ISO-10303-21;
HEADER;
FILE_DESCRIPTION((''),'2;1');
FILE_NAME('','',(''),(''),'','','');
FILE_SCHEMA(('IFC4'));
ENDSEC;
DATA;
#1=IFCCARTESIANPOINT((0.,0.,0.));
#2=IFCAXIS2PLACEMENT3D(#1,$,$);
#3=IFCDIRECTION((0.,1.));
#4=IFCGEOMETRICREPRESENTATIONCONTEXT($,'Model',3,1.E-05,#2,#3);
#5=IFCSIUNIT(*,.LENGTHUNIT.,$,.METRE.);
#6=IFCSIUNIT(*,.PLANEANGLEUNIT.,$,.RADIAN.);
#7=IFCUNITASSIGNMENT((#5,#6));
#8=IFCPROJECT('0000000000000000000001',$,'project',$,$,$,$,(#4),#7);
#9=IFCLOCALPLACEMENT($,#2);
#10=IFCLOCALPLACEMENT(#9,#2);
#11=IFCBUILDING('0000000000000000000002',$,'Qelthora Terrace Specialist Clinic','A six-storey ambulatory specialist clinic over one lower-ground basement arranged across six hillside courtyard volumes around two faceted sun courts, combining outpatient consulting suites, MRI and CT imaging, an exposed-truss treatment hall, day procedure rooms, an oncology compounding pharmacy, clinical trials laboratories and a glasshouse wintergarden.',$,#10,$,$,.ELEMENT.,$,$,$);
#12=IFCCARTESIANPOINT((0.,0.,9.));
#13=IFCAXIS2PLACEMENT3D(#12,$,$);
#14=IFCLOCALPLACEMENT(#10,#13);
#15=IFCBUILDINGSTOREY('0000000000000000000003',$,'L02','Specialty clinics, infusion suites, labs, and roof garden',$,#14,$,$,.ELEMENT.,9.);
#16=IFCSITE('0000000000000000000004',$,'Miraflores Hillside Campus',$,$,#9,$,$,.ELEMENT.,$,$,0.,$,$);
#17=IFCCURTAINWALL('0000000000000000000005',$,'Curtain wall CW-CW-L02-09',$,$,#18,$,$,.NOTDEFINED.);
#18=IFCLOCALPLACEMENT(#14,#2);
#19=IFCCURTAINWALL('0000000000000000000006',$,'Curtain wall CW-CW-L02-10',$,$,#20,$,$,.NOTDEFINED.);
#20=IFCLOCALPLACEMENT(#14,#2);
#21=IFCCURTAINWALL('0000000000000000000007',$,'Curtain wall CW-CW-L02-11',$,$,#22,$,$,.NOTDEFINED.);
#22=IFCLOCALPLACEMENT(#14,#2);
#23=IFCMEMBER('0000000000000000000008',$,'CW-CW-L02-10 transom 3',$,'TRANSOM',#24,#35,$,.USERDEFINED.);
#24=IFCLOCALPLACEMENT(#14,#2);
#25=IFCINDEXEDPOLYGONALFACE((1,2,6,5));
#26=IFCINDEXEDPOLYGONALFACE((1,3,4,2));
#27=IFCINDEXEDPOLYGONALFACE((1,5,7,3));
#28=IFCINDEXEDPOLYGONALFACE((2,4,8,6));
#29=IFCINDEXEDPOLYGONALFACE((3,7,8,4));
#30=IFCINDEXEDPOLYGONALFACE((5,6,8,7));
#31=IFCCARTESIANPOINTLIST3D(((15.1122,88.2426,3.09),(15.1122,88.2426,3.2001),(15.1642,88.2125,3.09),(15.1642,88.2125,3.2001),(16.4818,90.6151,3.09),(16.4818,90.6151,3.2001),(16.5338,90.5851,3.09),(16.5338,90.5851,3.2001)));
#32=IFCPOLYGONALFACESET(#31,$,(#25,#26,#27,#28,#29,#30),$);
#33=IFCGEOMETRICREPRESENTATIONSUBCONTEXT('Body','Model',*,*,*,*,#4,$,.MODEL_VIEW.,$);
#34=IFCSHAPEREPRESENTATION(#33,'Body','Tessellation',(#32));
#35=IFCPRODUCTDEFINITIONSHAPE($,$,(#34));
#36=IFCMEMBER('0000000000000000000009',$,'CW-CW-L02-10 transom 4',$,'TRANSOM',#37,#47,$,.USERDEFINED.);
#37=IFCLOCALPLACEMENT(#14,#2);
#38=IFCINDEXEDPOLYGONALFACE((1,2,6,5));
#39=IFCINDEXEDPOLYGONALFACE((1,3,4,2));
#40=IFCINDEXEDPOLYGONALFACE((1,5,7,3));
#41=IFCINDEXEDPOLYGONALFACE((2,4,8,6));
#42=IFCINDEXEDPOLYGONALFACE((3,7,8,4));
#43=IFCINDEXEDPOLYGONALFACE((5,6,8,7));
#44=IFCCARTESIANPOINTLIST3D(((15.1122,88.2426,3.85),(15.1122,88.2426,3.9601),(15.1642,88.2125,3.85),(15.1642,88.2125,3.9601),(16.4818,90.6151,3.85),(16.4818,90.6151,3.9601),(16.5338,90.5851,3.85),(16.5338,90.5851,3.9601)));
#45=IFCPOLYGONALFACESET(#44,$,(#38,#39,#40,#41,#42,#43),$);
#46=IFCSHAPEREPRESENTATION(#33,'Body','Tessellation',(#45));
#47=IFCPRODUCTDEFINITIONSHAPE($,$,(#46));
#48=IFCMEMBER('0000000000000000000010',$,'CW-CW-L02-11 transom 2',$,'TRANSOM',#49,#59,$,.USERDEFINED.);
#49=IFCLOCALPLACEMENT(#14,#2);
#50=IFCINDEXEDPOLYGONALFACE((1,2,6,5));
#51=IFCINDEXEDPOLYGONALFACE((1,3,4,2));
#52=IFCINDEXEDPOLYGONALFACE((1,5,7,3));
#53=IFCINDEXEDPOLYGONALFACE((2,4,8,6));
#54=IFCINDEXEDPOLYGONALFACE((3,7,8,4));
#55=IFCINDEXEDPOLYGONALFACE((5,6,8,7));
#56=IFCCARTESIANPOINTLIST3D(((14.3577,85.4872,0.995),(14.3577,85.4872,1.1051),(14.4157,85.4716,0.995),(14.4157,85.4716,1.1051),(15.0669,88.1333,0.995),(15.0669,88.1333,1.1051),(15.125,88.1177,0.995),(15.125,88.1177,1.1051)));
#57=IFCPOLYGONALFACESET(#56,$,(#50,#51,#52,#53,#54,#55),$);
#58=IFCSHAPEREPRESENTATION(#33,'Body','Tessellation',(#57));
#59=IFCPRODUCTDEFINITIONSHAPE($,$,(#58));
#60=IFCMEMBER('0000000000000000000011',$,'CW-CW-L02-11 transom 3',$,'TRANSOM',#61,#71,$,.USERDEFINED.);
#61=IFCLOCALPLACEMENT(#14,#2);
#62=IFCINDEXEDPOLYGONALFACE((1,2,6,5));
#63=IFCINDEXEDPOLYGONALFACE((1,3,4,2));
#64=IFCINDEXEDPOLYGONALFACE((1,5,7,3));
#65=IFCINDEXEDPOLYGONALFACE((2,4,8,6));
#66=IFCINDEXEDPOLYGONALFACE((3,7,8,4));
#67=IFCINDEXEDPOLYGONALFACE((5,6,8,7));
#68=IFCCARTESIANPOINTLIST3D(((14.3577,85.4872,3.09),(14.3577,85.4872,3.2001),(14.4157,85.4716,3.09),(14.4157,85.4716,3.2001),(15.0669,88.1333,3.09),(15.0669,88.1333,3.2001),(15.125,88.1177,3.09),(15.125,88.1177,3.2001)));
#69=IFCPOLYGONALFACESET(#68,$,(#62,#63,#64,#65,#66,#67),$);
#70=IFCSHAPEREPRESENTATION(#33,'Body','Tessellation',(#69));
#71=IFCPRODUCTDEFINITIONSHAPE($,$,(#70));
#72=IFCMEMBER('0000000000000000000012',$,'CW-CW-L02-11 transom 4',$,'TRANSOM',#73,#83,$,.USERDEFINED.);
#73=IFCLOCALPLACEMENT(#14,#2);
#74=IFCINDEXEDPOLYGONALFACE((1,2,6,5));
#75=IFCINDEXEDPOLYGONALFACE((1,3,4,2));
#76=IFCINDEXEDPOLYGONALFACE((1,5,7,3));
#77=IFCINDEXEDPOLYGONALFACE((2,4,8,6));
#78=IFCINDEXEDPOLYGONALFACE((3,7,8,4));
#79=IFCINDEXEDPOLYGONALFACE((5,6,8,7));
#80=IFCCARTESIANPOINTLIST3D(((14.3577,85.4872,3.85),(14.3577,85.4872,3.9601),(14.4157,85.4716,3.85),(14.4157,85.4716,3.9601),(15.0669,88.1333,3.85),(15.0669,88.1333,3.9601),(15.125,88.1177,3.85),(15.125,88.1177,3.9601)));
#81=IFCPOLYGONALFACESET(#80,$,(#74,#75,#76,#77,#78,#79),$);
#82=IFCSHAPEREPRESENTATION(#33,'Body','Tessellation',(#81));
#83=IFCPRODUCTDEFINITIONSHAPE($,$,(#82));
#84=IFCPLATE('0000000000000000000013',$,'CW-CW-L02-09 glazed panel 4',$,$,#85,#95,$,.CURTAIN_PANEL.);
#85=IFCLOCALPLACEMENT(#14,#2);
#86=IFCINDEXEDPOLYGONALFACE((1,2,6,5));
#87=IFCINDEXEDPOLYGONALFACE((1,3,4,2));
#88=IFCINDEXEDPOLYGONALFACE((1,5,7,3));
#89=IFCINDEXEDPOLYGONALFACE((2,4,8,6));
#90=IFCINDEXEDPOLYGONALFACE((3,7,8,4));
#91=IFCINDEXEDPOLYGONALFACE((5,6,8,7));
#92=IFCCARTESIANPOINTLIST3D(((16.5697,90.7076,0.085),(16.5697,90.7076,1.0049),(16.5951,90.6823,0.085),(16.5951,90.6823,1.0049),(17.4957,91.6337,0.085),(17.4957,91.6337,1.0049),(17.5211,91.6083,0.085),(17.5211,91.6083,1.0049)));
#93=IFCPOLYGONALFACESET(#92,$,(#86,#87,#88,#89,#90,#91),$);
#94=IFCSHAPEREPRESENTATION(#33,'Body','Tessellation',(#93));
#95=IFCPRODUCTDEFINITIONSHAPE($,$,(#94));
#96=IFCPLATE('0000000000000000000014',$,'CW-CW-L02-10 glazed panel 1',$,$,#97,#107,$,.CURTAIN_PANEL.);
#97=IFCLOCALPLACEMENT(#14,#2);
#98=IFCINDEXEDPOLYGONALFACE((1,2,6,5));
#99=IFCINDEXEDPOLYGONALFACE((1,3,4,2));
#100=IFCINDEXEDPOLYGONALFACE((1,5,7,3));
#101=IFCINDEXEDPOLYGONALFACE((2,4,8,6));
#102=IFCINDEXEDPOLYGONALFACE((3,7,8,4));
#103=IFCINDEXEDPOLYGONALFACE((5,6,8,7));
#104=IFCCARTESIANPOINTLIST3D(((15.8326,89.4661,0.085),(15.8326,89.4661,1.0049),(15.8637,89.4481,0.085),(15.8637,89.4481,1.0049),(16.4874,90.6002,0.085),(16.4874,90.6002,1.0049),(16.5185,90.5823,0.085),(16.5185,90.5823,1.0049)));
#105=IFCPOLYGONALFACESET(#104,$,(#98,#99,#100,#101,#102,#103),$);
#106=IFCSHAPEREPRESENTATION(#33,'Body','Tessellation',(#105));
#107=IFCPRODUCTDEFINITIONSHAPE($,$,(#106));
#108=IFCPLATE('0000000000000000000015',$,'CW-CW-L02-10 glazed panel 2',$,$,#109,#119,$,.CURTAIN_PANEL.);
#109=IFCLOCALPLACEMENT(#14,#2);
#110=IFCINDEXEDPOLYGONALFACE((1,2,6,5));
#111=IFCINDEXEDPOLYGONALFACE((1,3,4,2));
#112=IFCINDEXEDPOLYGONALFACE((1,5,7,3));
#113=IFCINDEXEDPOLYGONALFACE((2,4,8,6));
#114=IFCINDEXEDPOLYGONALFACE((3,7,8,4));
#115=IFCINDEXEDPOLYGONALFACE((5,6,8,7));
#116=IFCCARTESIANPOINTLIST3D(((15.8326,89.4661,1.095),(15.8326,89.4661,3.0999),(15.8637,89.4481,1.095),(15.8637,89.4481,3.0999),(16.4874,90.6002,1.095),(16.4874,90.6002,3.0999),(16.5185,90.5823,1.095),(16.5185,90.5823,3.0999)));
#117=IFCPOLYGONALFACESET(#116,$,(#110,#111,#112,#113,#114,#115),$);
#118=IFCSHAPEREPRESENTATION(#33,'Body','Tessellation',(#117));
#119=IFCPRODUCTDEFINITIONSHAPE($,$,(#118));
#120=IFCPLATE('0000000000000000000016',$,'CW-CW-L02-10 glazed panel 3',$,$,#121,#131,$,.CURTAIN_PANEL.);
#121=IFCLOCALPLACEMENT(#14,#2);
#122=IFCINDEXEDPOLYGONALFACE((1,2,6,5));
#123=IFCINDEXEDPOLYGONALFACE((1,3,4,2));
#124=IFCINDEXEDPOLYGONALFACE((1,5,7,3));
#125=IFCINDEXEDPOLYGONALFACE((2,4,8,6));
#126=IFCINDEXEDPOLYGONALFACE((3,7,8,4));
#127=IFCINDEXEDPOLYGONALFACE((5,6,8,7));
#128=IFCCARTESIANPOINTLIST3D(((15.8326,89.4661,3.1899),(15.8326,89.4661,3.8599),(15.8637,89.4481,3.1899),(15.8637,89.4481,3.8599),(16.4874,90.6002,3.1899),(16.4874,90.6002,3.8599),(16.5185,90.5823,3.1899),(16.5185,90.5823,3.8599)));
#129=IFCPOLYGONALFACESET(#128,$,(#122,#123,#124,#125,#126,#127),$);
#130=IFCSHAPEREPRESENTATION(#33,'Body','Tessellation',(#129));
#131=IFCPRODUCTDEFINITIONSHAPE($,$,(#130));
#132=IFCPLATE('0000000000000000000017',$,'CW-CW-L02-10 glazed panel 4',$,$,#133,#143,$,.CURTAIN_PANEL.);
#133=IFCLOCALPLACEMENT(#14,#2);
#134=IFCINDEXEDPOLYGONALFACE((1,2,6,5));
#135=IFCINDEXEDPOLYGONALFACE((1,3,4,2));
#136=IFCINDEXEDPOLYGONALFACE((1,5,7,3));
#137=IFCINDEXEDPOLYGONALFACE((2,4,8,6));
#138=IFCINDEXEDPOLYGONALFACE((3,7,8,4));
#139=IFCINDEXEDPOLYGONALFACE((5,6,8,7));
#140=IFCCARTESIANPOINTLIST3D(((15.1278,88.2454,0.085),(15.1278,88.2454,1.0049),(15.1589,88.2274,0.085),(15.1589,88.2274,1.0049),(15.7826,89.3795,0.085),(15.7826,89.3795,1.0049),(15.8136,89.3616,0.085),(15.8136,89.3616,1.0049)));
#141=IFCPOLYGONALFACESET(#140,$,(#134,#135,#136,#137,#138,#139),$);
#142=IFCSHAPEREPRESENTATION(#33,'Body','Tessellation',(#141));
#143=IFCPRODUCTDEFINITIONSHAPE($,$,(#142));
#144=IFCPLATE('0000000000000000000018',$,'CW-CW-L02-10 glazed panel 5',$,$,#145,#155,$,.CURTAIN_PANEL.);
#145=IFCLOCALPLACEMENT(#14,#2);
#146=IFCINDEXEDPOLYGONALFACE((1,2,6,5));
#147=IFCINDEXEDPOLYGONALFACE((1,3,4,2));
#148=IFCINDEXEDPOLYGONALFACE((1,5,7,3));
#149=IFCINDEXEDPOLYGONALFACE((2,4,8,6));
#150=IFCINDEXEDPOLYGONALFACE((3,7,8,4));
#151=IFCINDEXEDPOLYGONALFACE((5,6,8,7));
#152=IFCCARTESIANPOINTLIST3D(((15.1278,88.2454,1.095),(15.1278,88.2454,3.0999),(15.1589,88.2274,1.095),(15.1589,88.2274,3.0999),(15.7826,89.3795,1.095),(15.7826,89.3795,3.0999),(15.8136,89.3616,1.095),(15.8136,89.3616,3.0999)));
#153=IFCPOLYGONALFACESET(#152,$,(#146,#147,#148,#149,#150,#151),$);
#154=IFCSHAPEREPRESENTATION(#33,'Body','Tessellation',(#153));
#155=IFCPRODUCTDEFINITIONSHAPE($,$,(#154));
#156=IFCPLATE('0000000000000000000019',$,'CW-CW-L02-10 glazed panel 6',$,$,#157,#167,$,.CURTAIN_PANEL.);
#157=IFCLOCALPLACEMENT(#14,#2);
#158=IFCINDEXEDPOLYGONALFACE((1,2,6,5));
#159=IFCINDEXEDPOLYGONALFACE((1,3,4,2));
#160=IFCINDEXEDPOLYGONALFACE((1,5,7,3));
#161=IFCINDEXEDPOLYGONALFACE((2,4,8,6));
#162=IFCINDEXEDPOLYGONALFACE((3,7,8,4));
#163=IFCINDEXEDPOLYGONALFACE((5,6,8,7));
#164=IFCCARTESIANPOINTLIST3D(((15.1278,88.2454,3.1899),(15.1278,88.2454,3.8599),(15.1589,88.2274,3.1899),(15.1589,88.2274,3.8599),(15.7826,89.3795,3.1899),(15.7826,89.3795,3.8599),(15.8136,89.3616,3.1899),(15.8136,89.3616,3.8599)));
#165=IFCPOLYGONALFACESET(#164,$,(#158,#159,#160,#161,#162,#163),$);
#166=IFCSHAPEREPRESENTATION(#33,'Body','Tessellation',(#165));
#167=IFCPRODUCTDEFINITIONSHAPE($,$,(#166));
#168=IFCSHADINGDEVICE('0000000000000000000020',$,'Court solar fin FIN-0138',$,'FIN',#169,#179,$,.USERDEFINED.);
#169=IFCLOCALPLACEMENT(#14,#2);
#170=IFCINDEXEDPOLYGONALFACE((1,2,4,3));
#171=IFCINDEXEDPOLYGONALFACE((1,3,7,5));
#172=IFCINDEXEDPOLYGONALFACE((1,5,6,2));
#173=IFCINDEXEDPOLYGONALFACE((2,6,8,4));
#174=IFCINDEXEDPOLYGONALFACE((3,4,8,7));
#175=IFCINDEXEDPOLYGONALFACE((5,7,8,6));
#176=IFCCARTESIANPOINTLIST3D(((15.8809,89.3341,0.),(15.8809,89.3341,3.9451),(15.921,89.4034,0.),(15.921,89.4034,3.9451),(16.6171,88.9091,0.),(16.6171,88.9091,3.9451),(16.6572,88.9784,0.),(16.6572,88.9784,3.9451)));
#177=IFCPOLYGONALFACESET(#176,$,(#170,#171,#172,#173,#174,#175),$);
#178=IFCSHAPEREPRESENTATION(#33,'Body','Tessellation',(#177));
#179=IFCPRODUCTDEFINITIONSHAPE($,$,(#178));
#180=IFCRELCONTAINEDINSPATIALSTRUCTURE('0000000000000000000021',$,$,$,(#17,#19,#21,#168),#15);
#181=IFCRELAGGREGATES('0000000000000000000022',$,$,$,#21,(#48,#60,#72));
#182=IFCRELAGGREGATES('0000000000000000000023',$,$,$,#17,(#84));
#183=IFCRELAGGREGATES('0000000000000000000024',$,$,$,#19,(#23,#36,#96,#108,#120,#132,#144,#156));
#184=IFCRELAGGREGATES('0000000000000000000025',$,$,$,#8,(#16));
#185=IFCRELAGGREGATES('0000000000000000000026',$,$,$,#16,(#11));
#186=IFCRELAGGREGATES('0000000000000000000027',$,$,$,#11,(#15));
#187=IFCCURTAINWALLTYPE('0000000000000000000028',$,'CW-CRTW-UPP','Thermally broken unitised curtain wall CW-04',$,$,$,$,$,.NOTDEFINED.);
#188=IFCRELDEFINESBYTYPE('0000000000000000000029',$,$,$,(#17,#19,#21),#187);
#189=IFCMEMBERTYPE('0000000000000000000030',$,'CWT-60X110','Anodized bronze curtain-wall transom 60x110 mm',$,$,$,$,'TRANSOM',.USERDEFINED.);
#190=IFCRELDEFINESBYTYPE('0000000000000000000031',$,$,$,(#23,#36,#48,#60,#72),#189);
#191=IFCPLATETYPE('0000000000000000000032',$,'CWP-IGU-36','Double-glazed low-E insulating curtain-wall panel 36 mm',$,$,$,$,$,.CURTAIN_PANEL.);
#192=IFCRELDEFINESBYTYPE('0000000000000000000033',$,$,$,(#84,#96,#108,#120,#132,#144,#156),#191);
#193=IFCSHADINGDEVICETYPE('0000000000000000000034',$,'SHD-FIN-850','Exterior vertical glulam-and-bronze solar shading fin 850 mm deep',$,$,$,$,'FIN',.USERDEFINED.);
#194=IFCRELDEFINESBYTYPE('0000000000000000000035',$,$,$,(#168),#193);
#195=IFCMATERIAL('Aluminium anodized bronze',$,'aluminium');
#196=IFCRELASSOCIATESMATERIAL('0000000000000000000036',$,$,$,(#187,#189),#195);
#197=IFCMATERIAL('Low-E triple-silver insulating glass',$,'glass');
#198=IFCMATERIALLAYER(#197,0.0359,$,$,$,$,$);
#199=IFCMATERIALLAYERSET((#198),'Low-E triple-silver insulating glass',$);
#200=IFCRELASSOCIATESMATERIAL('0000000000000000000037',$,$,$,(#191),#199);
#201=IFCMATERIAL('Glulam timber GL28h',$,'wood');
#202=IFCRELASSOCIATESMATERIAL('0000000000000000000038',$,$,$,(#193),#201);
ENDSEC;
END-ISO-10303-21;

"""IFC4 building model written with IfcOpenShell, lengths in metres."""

from ifc_helpers import new_model, si_unit, direction, frame, origin, origin_2d, place, context, subcontext, project, spatial, rectangle, extrude, material, layer, layer_set, material_profile, profile_set, type_object, element, aggregate, save


model = new_model("IFC4")

# Units and contexts
model_context = context("Model", 3, precision=1e-05, world=origin(), true_north=direction((0.0, 1.0)))
body_context = subcontext(model_context, "Body", "Model", "MODEL_VIEW")
ifc_project = project(units=[si_unit("LENGTHUNIT", "METRE"), si_unit("PLANEANGLEUNIT", "RADIAN")], contexts=[model_context])

# Site, building, storey
site_placement = place(None, origin())
site = spatial("IfcSite", under=ifc_project, at=site_placement, Name="Miraflores Hillside Campus", CompositionType="ELEMENT", RefElevation=0.0)
building_placement = place(site_placement, origin())
building = spatial("IfcBuilding", under=site, at=building_placement, Name="Qelthora Terrace Specialist Clinic", Description="A six-storey ambulatory specialist clinic over one lower-ground basement arranged across six hillside courtyard volumes around two faceted sun courts, combining outpatient consulting suites, MRI and CT imaging, an exposed-truss treatment hall, day procedure rooms, an oncology compounding pharmacy, clinical trials laboratories and a glasshouse wintergarden.", CompositionType="ELEMENT")
storey_placement = place(building_placement, frame((0.0, 0.0, 9.0)))
storey = spatial("IfcBuildingStorey", under=building, at=storey_placement, Name="L02", Description="Specialty clinics, infusion suites, labs, and roof garden", CompositionType="ELEMENT", Elevation=9.0)

# Curtain wall
ifc_material_1 = material(Name="Aluminium anodized bronze", Category="aluminium")
curtain_wall_type = type_object("IfcCurtainWallType", Name="CW-CRTW-UPP", Description="Thermally broken unitised curtain wall CW-04", PredefinedType="NOTDEFINED", material=ifc_material_1)
curtain_wall_1_placement = place(storey_placement, origin())
curtain_wall_1 = element("IfcCurtainWall", 1, at=curtain_wall_1_placement, inside=storey, type_object=curtain_wall_type, Name="Curtain wall CW-CW-L02-09", PredefinedType="NOTDEFINED")

# Curtain wall
curtain_wall_2_placement = place(storey_placement, origin())
curtain_wall_2 = element("IfcCurtainWall", 2, at=curtain_wall_2_placement, inside=storey, type_object=curtain_wall_type, Name="Curtain wall CW-CW-L02-10", PredefinedType="NOTDEFINED")

# Curtain wall
curtain_wall_3_placement = place(storey_placement, origin())
curtain_wall_3 = element("IfcCurtainWall", 3, at=curtain_wall_3_placement, inside=storey, type_object=curtain_wall_type, Name="Curtain wall CW-CW-L02-11", PredefinedType="NOTDEFINED")

# Members
ifc_material_profile_1 = material_profile(ifc_material_1, rectangle(XDim=0.0601, YDim=0.1101, at=origin_2d()), Name="CWT60X110")
ifc_profile_set_1 = profile_set([ifc_material_profile_1], Name="Aluminium anodized bronze")
member_type_1 = type_object("IfcMemberType", Name="CWT-60X110", Description="Anodized bronze curtain-wall transom 60x110 mm", ElementType="TRANSOM", PredefinedType="USERDEFINED", material=ifc_profile_set_1)
member_1_placement = place(storey_placement, frame((16.5078, 90.6001, 3.145), z_axis=(-0.499954, -0.866052, 0.0), x_axis=(0.866052, -0.499954, 0.0)))
member_1 = element("IfcMember", 4, at=member_1_placement, type_object=member_type_1, Name="CW-CW-L02-10 transom 3", ObjectType="TRANSOM", PredefinedType="USERDEFINED", context=body_context, shape_type="SweptSolid", body=[
    extrude(rectangle(XDim=0.0601, YDim=0.1101, at=origin_2d()), origin(), (0.0, 0.0, 1.0), 2.7395),
])
member_2_placement = place(storey_placement, frame((16.5078, 90.6001, 3.905), z_axis=(-0.499954, -0.866052, 0.0), x_axis=(0.866052, -0.499954, 0.0)))
member_2 = element("IfcMember", 5, at=member_2_placement, type_object=member_type_1, Name="CW-CW-L02-10 transom 4", ObjectType="TRANSOM", PredefinedType="USERDEFINED", context=body_context, shape_type="SweptSolid", body=[
    extrude(rectangle(XDim=0.0601, YDim=0.1101, at=origin_2d()), origin(), (0.0, 0.0, 1.0), 2.7395),
])
member_3_placement = place(storey_placement, frame((15.0959, 88.1255, 1.05), z_axis=(-0.258899, -0.965904, 0.0), x_axis=(0.965904, -0.258899, 0.0)))
member_3 = element("IfcMember", 6, at=member_3_placement, type_object=member_type_1, Name="CW-CW-L02-11 transom 2", ObjectType="TRANSOM", PredefinedType="USERDEFINED", context=body_context, shape_type="SweptSolid", body=[
    extrude(rectangle(XDim=0.0601, YDim=0.1101, at=origin_2d()), origin(), (0.0, 0.0, 1.0), 2.7395),
])
member_4_placement = place(storey_placement, frame((15.0959, 88.1255, 3.145), z_axis=(-0.258899, -0.965904, 0.0), x_axis=(0.965904, -0.258899, 0.0)))
member_4 = element("IfcMember", 7, at=member_4_placement, type_object=member_type_1, Name="CW-CW-L02-11 transom 3", ObjectType="TRANSOM", PredefinedType="USERDEFINED", context=body_context, shape_type="SweptSolid", body=[
    extrude(rectangle(XDim=0.0601, YDim=0.1101, at=origin_2d()), origin(), (0.0, 0.0, 1.0), 2.7395),
])
member_5_placement = place(storey_placement, frame((15.0959, 88.1255, 3.905), z_axis=(-0.258899, -0.965904, 0.0), x_axis=(0.965904, -0.258899, 0.0)))
member_5 = element("IfcMember", 8, at=member_5_placement, type_object=member_type_1, Name="CW-CW-L02-11 transom 4", ObjectType="TRANSOM", PredefinedType="USERDEFINED", context=body_context, shape_type="SweptSolid", body=[
    extrude(rectangle(XDim=0.0601, YDim=0.1101, at=origin_2d()), origin(), (0.0, 0.0, 1.0), 2.7395),
])
aggregate(curtain_wall_3, [member_3, member_4, member_5])

# Plates
ifc_material_2 = material(Name="Low-E triple-silver insulating glass", Category="glass")
ifc_layer = layer(ifc_material_2, 0.0359)
ifc_layer_set = layer_set([ifc_layer], Name="Low-E triple-silver insulating glass")
plate_type = type_object("IfcPlateType", Name="CWP-IGU-36", Description="Double-glazed low-E insulating curtain-wall panel 36 mm", PredefinedType="CURTAIN_PANEL", material=ifc_layer_set)
plate_1_placement = place(storey_placement, frame((17.0454, 91.158, 0.085), z_axis=(0.0, 0.0, 1.0), x_axis=(-0.707107, -0.707107, 0.0)))
plate_1 = element("IfcPlate", 9, at=plate_1_placement, type_object=plate_type, Name="CW-CW-L02-09 glazed panel 4", PredefinedType="CURTAIN_PANEL", context=body_context, shape_type="SweptSolid", body=[
    extrude(rectangle(XDim=1.3096, YDim=0.0359, at=origin_2d()), origin(), (0.0, 0.0, 1.0), 0.9199),
])
aggregate(curtain_wall_1, [plate_1])
plate_2_placement = place(storey_placement, frame((16.1755, 90.0242, 0.085), z_axis=(0.0, 0.0, 1.0), x_axis=(-0.5, -0.866025, 0.0)))
plate_2 = element("IfcPlate", 10, at=plate_2_placement, type_object=plate_type, Name="CW-CW-L02-10 glazed panel 1", PredefinedType="CURTAIN_PANEL", context=body_context, shape_type="SweptSolid", body=[
    extrude(rectangle(XDim=1.3096, YDim=0.0359, at=origin_2d()), origin(), (0.0, 0.0, 1.0), 0.9199),
])
plate_3_placement = place(storey_placement, frame((16.1755, 90.0242, 1.095), z_axis=(0.0, 0.0, 1.0), x_axis=(-0.5, -0.866025, 0.0)))
plate_3 = element("IfcPlate", 11, at=plate_3_placement, type_object=plate_type, Name="CW-CW-L02-10 glazed panel 2", PredefinedType="CURTAIN_PANEL", context=body_context, shape_type="SweptSolid", body=[
    extrude(rectangle(XDim=1.3096, YDim=0.0359, at=origin_2d()), origin(), (0.0, 0.0, 1.0), 2.0049),
])
plate_4_placement = place(storey_placement, frame((16.1755, 90.0242, 3.1899), z_axis=(0.0, 0.0, 1.0), x_axis=(-0.5, -0.866025, 0.0)))
plate_4 = element("IfcPlate", 12, at=plate_4_placement, type_object=plate_type, Name="CW-CW-L02-10 glazed panel 3", PredefinedType="CURTAIN_PANEL", context=body_context, shape_type="SweptSolid", body=[
    extrude(rectangle(XDim=1.3096, YDim=0.0359, at=origin_2d()), origin(), (0.0, 0.0, 1.0), 0.6699),
])
plate_5_placement = place(storey_placement, frame((15.4707, 88.8035, 0.085), z_axis=(0.0, 0.0, 1.0), x_axis=(-0.5, -0.866025, 0.0)))
plate_5 = element("IfcPlate", 13, at=plate_5_placement, type_object=plate_type, Name="CW-CW-L02-10 glazed panel 4", PredefinedType="CURTAIN_PANEL", context=body_context, shape_type="SweptSolid", body=[
    extrude(rectangle(XDim=1.3096, YDim=0.0359, at=origin_2d()), origin(), (0.0, 0.0, 1.0), 0.9199),
])
plate_6_placement = place(storey_placement, frame((15.4707, 88.8035, 1.095), z_axis=(0.0, 0.0, 1.0), x_axis=(-0.5, -0.866025, 0.0)))
plate_6 = element("IfcPlate", 14, at=plate_6_placement, type_object=plate_type, Name="CW-CW-L02-10 glazed panel 5", PredefinedType="CURTAIN_PANEL", context=body_context, shape_type="SweptSolid", body=[
    extrude(rectangle(XDim=1.3096, YDim=0.0359, at=origin_2d()), origin(), (0.0, 0.0, 1.0), 2.0049),
])
plate_7_placement = place(storey_placement, frame((15.4707, 88.8035, 3.1899), z_axis=(0.0, 0.0, 1.0), x_axis=(-0.5, -0.866025, 0.0)))
plate_7 = element("IfcPlate", 15, at=plate_7_placement, type_object=plate_type, Name="CW-CW-L02-10 glazed panel 6", PredefinedType="CURTAIN_PANEL", context=body_context, shape_type="SweptSolid", body=[
    extrude(rectangle(XDim=1.3096, YDim=0.0359, at=origin_2d()), origin(), (0.0, 0.0, 1.0), 0.6699),
])
aggregate(curtain_wall_2, [member_1, member_2, plate_2, plate_3, plate_4, plate_5, plate_6, plate_7])

# Shading device
ifc_material_3 = material(Name="Glulam timber GL28h", Category="wood")
shading_device_type = type_object("IfcShadingDeviceType", Name="SHD-FIN-850", Description="Exterior vertical glulam-and-bronze solar shading fin 850 mm deep", ElementType="FIN", PredefinedType="USERDEFINED", material=ifc_material_3)
shading_device_placement = place(storey_placement, frame((16.269, 89.1562, 0.0), z_axis=(0.0, 0.0, 1.0), x_axis=(0.866025, -0.5, 0.0)))
element("IfcShadingDevice", 16, at=shading_device_placement, inside=storey, type_object=shading_device_type, Name="Court solar fin FIN-0138", ObjectType="FIN", PredefinedType="USERDEFINED", context=body_context, shape_type="SweptSolid", body=[
    extrude(rectangle(XDim=0.8501, YDim=0.0801, at=origin_2d()), origin(), (0.0, 0.0, 1.0), 3.9451),
])

save(model, "model.ifc")
